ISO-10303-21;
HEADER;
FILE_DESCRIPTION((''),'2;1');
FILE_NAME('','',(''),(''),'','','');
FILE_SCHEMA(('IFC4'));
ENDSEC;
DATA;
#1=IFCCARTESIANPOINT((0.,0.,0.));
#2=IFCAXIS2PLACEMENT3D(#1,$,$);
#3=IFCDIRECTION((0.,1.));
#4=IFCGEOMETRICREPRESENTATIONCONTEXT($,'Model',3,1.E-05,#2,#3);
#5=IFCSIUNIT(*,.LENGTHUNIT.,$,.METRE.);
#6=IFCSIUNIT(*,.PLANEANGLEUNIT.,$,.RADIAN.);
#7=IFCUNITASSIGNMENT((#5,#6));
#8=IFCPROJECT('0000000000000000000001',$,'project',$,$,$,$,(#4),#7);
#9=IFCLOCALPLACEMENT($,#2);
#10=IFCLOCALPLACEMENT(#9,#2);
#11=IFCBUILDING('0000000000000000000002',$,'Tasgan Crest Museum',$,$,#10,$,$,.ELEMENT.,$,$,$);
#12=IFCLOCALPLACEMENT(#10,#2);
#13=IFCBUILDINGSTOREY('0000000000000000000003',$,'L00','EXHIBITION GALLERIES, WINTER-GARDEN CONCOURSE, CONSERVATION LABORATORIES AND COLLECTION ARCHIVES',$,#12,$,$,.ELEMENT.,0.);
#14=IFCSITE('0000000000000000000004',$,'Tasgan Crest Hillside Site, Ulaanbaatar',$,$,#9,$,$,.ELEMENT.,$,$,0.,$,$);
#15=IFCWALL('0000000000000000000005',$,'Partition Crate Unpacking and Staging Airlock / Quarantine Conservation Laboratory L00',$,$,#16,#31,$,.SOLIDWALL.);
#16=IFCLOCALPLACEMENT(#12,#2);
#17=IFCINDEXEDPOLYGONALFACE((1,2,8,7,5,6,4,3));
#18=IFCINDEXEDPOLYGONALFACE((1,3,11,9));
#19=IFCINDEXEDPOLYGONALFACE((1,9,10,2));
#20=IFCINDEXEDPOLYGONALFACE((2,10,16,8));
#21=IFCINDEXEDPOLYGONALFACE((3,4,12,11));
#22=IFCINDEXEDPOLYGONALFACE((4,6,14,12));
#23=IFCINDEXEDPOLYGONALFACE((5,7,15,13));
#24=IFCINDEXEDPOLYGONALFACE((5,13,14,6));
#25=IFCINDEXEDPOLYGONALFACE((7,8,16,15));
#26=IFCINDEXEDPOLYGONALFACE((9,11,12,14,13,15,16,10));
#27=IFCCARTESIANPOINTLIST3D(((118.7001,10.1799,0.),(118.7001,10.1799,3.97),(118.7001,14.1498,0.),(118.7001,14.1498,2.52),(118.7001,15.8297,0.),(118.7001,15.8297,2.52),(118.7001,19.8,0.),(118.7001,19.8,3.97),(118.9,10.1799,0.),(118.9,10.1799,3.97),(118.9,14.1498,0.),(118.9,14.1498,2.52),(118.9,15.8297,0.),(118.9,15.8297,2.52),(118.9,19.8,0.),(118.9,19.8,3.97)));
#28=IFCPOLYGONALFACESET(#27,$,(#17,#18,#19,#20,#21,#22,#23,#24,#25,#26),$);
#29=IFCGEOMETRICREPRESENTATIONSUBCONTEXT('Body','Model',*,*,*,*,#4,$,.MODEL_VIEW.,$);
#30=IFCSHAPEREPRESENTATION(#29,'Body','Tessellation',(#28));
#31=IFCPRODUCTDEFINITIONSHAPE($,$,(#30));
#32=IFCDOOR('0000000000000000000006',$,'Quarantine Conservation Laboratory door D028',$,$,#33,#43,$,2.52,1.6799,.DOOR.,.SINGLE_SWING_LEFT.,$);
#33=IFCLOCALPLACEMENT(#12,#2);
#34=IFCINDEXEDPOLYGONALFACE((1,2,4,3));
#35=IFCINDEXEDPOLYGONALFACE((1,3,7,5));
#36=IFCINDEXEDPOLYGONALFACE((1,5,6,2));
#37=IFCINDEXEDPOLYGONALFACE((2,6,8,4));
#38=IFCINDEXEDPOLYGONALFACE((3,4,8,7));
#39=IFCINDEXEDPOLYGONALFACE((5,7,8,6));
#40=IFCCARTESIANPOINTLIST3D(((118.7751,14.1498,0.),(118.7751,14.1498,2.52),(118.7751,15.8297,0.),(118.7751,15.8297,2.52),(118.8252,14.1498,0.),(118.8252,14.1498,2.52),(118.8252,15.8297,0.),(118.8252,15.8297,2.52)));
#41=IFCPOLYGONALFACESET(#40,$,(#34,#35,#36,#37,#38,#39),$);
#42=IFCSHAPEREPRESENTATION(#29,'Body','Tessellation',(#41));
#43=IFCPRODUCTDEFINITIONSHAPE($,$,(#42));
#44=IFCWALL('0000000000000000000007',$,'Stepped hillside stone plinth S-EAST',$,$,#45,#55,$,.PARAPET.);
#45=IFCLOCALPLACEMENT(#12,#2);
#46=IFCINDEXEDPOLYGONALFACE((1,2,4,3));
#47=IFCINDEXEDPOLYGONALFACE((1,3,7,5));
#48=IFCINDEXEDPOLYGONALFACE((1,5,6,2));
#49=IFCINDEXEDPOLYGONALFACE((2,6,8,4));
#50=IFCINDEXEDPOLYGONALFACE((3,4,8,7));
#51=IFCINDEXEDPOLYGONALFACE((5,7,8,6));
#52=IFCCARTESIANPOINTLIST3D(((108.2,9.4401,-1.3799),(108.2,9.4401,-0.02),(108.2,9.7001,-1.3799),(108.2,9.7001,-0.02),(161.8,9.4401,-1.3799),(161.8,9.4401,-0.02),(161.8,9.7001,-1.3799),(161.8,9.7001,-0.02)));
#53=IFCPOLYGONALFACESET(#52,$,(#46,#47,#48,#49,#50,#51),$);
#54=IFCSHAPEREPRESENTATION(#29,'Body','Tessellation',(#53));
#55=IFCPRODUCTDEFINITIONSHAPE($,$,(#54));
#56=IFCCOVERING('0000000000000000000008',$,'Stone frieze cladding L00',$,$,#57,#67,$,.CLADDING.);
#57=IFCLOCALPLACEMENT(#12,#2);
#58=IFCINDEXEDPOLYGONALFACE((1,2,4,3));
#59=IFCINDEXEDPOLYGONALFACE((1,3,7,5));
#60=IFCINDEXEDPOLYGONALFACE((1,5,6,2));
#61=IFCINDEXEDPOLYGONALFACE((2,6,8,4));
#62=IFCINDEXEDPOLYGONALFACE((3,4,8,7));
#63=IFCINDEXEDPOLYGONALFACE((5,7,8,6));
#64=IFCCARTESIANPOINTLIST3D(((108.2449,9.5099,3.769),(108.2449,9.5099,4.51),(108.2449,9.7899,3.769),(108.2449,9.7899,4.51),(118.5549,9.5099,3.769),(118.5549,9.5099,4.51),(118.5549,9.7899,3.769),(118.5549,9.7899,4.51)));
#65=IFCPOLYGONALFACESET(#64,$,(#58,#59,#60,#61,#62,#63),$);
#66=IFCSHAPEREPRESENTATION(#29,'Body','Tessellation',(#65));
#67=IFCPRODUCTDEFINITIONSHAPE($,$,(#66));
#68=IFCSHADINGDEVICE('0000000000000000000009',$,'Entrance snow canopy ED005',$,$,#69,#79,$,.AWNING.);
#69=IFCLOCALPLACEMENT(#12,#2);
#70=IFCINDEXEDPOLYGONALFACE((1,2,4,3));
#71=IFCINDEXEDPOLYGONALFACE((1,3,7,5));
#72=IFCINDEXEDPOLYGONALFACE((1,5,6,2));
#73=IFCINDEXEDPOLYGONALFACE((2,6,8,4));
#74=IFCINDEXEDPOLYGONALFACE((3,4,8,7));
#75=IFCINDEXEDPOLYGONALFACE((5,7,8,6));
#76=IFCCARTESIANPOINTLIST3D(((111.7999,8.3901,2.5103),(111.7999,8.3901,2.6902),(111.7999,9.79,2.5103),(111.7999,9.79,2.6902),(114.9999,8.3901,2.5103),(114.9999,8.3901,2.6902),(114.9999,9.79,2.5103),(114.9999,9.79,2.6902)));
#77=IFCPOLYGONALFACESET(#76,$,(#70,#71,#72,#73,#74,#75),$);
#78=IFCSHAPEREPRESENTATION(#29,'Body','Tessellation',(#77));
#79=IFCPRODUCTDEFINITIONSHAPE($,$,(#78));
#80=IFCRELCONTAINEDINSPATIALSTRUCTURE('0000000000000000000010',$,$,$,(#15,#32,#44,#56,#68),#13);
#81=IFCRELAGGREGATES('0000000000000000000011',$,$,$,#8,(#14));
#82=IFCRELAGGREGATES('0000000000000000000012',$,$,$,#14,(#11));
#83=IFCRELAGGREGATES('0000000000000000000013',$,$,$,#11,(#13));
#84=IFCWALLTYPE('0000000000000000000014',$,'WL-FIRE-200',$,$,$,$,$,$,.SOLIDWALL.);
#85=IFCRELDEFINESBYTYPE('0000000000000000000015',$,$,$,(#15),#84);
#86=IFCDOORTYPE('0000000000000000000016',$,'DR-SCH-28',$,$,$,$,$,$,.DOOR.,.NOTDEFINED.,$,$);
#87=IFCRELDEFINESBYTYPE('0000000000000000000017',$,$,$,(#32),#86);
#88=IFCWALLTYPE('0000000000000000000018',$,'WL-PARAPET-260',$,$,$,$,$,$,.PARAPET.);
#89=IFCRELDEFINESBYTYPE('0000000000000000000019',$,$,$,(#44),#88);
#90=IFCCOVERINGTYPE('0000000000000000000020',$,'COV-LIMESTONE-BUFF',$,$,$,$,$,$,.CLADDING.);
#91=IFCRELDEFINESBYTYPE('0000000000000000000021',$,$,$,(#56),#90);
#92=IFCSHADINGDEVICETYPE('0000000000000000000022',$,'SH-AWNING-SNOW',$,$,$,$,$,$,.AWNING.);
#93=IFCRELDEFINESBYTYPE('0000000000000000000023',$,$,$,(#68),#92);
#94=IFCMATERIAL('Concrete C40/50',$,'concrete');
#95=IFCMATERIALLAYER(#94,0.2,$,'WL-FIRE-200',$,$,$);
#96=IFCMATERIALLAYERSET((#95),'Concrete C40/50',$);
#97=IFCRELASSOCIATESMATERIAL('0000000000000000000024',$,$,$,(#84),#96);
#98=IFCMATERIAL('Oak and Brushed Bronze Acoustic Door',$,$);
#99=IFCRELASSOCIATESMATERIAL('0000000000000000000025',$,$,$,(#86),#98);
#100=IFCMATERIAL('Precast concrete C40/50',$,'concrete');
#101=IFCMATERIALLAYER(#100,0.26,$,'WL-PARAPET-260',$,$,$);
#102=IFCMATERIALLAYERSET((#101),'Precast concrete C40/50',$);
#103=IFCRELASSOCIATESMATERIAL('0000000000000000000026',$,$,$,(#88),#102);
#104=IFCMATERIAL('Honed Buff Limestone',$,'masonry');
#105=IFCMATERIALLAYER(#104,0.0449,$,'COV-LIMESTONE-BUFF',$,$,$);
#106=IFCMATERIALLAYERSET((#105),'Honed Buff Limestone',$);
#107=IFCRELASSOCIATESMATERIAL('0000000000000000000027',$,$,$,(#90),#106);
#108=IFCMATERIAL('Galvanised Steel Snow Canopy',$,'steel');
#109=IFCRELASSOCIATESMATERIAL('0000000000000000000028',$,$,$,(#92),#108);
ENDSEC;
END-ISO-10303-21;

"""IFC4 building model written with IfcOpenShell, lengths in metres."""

from ifc_helpers import new_model, si_unit, direction, frame, frame_2d, origin, origin_2d, place, context, subcontext, project, spatial, rectangle, extrude, material, layer, layer_set, type_object, element, fill, save


model = new_model("IFC4")

# Units and contexts
model_context = context("Model", 3, precision=1e-05, world=origin(), true_north=direction((0.0, 1.0)))
body_context = subcontext(model_context, "Body", "Model", "MODEL_VIEW")
ifc_project = project(units=[si_unit("LENGTHUNIT", "METRE"), si_unit("PLANEANGLEUNIT", "RADIAN")], contexts=[model_context])

# Site, building, storey
site_placement = place(None, origin())
site = spatial("IfcSite", under=ifc_project, at=site_placement, Name="Tasgan Crest Hillside Site, Ulaanbaatar", CompositionType="ELEMENT", RefElevation=0.0)
building_placement = place(site_placement, origin())
building = spatial("IfcBuilding", under=site, at=building_placement, Name="Tasgan Crest Museum", CompositionType="ELEMENT")
storey_placement = place(building_placement, origin())
storey = spatial("IfcBuildingStorey", under=building, at=storey_placement, Name="L00", Description="EXHIBITION GALLERIES, WINTER-GARDEN CONCOURSE, CONSERVATION LABORATORIES AND COLLECTION ARCHIVES", CompositionType="ELEMENT", Elevation=0.0)

# Wall, opening, door
ifc_material_1 = material(Name="Concrete C40/50", Category="concrete")
ifc_layer_1 = layer(ifc_material_1, 0.2, Name="WL-FIRE-200")
ifc_layer_set_1 = layer_set([ifc_layer_1], Name="Concrete C40/50")
wall_type_1 = type_object("IfcWallType", Name="WL-FIRE-200", PredefinedType="SOLIDWALL", material=ifc_layer_set_1)
wall_1_placement = place(storey_placement, frame((118.8, 10.1799, 0.0), z_axis=(0.0, 0.0, 1.0), x_axis=(0.0, 1.0, 0.0)))
wall_1 = element("IfcWall", 1, at=wall_1_placement, inside=storey, type_object=wall_type_1, Name="Partition Crate Unpacking and Staging Airlock / Quarantine Conservation Laboratory L00", PredefinedType="SOLIDWALL", context=body_context, shape_type="SweptSolid", body=[
    extrude(rectangle(XDim=9.6201, YDim=0.2, at=frame_2d((4.8101, 0.0))), origin(), (0.0, 0.0, 1.0), 3.97),
])
opening_1_placement = place(wall_1_placement, frame((3.97, 0.0, 0.0)))
opening_1 = element("IfcOpeningElement", 2, at=opening_1_placement, cuts=wall_1, PredefinedType="OPENING", context=body_context, shape_type="SweptSolid", body=[
    extrude(rectangle(XDim=1.6799, YDim=2.52, at=frame_2d((0.8398, 1.26))), frame((0.0, 0.1099, 0.0), z_axis=(0.0, -1.0, 0.0), x_axis=(1.0, 0.0, 0.0)), (0.0, 0.0, 1.0), 0.22),
])
ifc_material_2 = material(Name="Oak and Brushed Bronze Acoustic Door")
door_type_1 = type_object("IfcDoorType", Name="DR-SCH-28", OperationType="NOTDEFINED", PredefinedType="DOOR", material=ifc_material_2)
door_1_placement = place(opening_1_placement, origin())
door_1 = element("IfcDoor", 3, at=door_1_placement, inside=storey, type_object=door_type_1, Name="Quarantine Conservation Laboratory door D028", OperationType="SINGLE_SWING_LEFT", OverallHeight=2.52, OverallWidth=1.6799, PredefinedType="DOOR", context=body_context, shape_type="SweptSolid", body=[
    extrude(rectangle(XDim=1.6799, YDim=2.52, at=frame_2d((0.8398, 1.26))), frame((0.0, 0.0249, 0.0), z_axis=(0.0, -1.0, 0.0), x_axis=(1.0, 0.0, 0.0)), (0.0, 0.0, 1.0), 0.05),
])
fill(opening_1, door_1)

# Wall
ifc_material_3 = material(Name="Precast concrete C40/50", Category="concrete")
ifc_layer_2 = layer(ifc_material_3, 0.26, Name="WL-PARAPET-260")
ifc_layer_set_2 = layer_set([ifc_layer_2], Name="Precast concrete C40/50")
wall_type_2 = type_object("IfcWallType", Name="WL-PARAPET-260", PredefinedType="PARAPET", material=ifc_layer_set_2)
wall_2_placement = place(storey_placement, frame((108.2, 9.5701, -1.3799), z_axis=(0.0, 0.0, 1.0), x_axis=(1.0, 0.0, 0.0)))
element("IfcWall", 4, at=wall_2_placement, inside=storey, type_object=wall_type_2, Name="Stepped hillside stone plinth S-EAST", PredefinedType="PARAPET", context=body_context, shape_type="SweptSolid", body=[
    extrude(rectangle(XDim=53.6001, YDim=0.26, at=frame_2d((26.8, 0.0))), origin(), (0.0, 0.0, 1.0), 1.3599),
])

# Covering
ifc_material_4 = material(Name="Honed Buff Limestone", Category="masonry")
ifc_layer_3 = layer(ifc_material_4, 0.0449, Name="COV-LIMESTONE-BUFF")
ifc_layer_set_3 = layer_set([ifc_layer_3], Name="Honed Buff Limestone")
covering_type = type_object("IfcCoveringType", Name="COV-LIMESTONE-BUFF", PredefinedType="CLADDING", material=ifc_layer_set_3)
covering_placement = place(storey_placement, frame((113.3999, 9.6499, 3.769), z_axis=(0.0, 0.0, 1.0), x_axis=(1.0, 0.0, 0.0)))
element("IfcCovering", 5, at=covering_placement, inside=storey, type_object=covering_type, Name="Stone frieze cladding L00", PredefinedType="CLADDING", context=body_context, shape_type="SweptSolid", body=[
    extrude(rectangle(XDim=10.3101, YDim=0.28, at=origin_2d()), origin(), (0.0, 0.0, 1.0), 0.741),
])

# Shading device
ifc_material_5 = material(Name="Galvanised Steel Snow Canopy", Category="steel")
shading_device_type = type_object("IfcShadingDeviceType", Name="SH-AWNING-SNOW", PredefinedType="AWNING", material=ifc_material_5)
shading_device_placement = place(storey_placement, frame((113.3999, 9.0901, 2.5103), z_axis=(0.0, 0.0, 1.0), x_axis=(1.0, 0.0, 0.0)))
element("IfcShadingDevice", 6, at=shading_device_placement, inside=storey, type_object=shading_device_type, Name="Entrance snow canopy ED005", PredefinedType="AWNING", context=body_context, shape_type="SweptSolid", body=[
    extrude(rectangle(XDim=3.2, YDim=1.3999, at=origin_2d()), origin(), (0.0, 0.0, 1.0), 0.1799),
])

save(model, "model.ifc")
